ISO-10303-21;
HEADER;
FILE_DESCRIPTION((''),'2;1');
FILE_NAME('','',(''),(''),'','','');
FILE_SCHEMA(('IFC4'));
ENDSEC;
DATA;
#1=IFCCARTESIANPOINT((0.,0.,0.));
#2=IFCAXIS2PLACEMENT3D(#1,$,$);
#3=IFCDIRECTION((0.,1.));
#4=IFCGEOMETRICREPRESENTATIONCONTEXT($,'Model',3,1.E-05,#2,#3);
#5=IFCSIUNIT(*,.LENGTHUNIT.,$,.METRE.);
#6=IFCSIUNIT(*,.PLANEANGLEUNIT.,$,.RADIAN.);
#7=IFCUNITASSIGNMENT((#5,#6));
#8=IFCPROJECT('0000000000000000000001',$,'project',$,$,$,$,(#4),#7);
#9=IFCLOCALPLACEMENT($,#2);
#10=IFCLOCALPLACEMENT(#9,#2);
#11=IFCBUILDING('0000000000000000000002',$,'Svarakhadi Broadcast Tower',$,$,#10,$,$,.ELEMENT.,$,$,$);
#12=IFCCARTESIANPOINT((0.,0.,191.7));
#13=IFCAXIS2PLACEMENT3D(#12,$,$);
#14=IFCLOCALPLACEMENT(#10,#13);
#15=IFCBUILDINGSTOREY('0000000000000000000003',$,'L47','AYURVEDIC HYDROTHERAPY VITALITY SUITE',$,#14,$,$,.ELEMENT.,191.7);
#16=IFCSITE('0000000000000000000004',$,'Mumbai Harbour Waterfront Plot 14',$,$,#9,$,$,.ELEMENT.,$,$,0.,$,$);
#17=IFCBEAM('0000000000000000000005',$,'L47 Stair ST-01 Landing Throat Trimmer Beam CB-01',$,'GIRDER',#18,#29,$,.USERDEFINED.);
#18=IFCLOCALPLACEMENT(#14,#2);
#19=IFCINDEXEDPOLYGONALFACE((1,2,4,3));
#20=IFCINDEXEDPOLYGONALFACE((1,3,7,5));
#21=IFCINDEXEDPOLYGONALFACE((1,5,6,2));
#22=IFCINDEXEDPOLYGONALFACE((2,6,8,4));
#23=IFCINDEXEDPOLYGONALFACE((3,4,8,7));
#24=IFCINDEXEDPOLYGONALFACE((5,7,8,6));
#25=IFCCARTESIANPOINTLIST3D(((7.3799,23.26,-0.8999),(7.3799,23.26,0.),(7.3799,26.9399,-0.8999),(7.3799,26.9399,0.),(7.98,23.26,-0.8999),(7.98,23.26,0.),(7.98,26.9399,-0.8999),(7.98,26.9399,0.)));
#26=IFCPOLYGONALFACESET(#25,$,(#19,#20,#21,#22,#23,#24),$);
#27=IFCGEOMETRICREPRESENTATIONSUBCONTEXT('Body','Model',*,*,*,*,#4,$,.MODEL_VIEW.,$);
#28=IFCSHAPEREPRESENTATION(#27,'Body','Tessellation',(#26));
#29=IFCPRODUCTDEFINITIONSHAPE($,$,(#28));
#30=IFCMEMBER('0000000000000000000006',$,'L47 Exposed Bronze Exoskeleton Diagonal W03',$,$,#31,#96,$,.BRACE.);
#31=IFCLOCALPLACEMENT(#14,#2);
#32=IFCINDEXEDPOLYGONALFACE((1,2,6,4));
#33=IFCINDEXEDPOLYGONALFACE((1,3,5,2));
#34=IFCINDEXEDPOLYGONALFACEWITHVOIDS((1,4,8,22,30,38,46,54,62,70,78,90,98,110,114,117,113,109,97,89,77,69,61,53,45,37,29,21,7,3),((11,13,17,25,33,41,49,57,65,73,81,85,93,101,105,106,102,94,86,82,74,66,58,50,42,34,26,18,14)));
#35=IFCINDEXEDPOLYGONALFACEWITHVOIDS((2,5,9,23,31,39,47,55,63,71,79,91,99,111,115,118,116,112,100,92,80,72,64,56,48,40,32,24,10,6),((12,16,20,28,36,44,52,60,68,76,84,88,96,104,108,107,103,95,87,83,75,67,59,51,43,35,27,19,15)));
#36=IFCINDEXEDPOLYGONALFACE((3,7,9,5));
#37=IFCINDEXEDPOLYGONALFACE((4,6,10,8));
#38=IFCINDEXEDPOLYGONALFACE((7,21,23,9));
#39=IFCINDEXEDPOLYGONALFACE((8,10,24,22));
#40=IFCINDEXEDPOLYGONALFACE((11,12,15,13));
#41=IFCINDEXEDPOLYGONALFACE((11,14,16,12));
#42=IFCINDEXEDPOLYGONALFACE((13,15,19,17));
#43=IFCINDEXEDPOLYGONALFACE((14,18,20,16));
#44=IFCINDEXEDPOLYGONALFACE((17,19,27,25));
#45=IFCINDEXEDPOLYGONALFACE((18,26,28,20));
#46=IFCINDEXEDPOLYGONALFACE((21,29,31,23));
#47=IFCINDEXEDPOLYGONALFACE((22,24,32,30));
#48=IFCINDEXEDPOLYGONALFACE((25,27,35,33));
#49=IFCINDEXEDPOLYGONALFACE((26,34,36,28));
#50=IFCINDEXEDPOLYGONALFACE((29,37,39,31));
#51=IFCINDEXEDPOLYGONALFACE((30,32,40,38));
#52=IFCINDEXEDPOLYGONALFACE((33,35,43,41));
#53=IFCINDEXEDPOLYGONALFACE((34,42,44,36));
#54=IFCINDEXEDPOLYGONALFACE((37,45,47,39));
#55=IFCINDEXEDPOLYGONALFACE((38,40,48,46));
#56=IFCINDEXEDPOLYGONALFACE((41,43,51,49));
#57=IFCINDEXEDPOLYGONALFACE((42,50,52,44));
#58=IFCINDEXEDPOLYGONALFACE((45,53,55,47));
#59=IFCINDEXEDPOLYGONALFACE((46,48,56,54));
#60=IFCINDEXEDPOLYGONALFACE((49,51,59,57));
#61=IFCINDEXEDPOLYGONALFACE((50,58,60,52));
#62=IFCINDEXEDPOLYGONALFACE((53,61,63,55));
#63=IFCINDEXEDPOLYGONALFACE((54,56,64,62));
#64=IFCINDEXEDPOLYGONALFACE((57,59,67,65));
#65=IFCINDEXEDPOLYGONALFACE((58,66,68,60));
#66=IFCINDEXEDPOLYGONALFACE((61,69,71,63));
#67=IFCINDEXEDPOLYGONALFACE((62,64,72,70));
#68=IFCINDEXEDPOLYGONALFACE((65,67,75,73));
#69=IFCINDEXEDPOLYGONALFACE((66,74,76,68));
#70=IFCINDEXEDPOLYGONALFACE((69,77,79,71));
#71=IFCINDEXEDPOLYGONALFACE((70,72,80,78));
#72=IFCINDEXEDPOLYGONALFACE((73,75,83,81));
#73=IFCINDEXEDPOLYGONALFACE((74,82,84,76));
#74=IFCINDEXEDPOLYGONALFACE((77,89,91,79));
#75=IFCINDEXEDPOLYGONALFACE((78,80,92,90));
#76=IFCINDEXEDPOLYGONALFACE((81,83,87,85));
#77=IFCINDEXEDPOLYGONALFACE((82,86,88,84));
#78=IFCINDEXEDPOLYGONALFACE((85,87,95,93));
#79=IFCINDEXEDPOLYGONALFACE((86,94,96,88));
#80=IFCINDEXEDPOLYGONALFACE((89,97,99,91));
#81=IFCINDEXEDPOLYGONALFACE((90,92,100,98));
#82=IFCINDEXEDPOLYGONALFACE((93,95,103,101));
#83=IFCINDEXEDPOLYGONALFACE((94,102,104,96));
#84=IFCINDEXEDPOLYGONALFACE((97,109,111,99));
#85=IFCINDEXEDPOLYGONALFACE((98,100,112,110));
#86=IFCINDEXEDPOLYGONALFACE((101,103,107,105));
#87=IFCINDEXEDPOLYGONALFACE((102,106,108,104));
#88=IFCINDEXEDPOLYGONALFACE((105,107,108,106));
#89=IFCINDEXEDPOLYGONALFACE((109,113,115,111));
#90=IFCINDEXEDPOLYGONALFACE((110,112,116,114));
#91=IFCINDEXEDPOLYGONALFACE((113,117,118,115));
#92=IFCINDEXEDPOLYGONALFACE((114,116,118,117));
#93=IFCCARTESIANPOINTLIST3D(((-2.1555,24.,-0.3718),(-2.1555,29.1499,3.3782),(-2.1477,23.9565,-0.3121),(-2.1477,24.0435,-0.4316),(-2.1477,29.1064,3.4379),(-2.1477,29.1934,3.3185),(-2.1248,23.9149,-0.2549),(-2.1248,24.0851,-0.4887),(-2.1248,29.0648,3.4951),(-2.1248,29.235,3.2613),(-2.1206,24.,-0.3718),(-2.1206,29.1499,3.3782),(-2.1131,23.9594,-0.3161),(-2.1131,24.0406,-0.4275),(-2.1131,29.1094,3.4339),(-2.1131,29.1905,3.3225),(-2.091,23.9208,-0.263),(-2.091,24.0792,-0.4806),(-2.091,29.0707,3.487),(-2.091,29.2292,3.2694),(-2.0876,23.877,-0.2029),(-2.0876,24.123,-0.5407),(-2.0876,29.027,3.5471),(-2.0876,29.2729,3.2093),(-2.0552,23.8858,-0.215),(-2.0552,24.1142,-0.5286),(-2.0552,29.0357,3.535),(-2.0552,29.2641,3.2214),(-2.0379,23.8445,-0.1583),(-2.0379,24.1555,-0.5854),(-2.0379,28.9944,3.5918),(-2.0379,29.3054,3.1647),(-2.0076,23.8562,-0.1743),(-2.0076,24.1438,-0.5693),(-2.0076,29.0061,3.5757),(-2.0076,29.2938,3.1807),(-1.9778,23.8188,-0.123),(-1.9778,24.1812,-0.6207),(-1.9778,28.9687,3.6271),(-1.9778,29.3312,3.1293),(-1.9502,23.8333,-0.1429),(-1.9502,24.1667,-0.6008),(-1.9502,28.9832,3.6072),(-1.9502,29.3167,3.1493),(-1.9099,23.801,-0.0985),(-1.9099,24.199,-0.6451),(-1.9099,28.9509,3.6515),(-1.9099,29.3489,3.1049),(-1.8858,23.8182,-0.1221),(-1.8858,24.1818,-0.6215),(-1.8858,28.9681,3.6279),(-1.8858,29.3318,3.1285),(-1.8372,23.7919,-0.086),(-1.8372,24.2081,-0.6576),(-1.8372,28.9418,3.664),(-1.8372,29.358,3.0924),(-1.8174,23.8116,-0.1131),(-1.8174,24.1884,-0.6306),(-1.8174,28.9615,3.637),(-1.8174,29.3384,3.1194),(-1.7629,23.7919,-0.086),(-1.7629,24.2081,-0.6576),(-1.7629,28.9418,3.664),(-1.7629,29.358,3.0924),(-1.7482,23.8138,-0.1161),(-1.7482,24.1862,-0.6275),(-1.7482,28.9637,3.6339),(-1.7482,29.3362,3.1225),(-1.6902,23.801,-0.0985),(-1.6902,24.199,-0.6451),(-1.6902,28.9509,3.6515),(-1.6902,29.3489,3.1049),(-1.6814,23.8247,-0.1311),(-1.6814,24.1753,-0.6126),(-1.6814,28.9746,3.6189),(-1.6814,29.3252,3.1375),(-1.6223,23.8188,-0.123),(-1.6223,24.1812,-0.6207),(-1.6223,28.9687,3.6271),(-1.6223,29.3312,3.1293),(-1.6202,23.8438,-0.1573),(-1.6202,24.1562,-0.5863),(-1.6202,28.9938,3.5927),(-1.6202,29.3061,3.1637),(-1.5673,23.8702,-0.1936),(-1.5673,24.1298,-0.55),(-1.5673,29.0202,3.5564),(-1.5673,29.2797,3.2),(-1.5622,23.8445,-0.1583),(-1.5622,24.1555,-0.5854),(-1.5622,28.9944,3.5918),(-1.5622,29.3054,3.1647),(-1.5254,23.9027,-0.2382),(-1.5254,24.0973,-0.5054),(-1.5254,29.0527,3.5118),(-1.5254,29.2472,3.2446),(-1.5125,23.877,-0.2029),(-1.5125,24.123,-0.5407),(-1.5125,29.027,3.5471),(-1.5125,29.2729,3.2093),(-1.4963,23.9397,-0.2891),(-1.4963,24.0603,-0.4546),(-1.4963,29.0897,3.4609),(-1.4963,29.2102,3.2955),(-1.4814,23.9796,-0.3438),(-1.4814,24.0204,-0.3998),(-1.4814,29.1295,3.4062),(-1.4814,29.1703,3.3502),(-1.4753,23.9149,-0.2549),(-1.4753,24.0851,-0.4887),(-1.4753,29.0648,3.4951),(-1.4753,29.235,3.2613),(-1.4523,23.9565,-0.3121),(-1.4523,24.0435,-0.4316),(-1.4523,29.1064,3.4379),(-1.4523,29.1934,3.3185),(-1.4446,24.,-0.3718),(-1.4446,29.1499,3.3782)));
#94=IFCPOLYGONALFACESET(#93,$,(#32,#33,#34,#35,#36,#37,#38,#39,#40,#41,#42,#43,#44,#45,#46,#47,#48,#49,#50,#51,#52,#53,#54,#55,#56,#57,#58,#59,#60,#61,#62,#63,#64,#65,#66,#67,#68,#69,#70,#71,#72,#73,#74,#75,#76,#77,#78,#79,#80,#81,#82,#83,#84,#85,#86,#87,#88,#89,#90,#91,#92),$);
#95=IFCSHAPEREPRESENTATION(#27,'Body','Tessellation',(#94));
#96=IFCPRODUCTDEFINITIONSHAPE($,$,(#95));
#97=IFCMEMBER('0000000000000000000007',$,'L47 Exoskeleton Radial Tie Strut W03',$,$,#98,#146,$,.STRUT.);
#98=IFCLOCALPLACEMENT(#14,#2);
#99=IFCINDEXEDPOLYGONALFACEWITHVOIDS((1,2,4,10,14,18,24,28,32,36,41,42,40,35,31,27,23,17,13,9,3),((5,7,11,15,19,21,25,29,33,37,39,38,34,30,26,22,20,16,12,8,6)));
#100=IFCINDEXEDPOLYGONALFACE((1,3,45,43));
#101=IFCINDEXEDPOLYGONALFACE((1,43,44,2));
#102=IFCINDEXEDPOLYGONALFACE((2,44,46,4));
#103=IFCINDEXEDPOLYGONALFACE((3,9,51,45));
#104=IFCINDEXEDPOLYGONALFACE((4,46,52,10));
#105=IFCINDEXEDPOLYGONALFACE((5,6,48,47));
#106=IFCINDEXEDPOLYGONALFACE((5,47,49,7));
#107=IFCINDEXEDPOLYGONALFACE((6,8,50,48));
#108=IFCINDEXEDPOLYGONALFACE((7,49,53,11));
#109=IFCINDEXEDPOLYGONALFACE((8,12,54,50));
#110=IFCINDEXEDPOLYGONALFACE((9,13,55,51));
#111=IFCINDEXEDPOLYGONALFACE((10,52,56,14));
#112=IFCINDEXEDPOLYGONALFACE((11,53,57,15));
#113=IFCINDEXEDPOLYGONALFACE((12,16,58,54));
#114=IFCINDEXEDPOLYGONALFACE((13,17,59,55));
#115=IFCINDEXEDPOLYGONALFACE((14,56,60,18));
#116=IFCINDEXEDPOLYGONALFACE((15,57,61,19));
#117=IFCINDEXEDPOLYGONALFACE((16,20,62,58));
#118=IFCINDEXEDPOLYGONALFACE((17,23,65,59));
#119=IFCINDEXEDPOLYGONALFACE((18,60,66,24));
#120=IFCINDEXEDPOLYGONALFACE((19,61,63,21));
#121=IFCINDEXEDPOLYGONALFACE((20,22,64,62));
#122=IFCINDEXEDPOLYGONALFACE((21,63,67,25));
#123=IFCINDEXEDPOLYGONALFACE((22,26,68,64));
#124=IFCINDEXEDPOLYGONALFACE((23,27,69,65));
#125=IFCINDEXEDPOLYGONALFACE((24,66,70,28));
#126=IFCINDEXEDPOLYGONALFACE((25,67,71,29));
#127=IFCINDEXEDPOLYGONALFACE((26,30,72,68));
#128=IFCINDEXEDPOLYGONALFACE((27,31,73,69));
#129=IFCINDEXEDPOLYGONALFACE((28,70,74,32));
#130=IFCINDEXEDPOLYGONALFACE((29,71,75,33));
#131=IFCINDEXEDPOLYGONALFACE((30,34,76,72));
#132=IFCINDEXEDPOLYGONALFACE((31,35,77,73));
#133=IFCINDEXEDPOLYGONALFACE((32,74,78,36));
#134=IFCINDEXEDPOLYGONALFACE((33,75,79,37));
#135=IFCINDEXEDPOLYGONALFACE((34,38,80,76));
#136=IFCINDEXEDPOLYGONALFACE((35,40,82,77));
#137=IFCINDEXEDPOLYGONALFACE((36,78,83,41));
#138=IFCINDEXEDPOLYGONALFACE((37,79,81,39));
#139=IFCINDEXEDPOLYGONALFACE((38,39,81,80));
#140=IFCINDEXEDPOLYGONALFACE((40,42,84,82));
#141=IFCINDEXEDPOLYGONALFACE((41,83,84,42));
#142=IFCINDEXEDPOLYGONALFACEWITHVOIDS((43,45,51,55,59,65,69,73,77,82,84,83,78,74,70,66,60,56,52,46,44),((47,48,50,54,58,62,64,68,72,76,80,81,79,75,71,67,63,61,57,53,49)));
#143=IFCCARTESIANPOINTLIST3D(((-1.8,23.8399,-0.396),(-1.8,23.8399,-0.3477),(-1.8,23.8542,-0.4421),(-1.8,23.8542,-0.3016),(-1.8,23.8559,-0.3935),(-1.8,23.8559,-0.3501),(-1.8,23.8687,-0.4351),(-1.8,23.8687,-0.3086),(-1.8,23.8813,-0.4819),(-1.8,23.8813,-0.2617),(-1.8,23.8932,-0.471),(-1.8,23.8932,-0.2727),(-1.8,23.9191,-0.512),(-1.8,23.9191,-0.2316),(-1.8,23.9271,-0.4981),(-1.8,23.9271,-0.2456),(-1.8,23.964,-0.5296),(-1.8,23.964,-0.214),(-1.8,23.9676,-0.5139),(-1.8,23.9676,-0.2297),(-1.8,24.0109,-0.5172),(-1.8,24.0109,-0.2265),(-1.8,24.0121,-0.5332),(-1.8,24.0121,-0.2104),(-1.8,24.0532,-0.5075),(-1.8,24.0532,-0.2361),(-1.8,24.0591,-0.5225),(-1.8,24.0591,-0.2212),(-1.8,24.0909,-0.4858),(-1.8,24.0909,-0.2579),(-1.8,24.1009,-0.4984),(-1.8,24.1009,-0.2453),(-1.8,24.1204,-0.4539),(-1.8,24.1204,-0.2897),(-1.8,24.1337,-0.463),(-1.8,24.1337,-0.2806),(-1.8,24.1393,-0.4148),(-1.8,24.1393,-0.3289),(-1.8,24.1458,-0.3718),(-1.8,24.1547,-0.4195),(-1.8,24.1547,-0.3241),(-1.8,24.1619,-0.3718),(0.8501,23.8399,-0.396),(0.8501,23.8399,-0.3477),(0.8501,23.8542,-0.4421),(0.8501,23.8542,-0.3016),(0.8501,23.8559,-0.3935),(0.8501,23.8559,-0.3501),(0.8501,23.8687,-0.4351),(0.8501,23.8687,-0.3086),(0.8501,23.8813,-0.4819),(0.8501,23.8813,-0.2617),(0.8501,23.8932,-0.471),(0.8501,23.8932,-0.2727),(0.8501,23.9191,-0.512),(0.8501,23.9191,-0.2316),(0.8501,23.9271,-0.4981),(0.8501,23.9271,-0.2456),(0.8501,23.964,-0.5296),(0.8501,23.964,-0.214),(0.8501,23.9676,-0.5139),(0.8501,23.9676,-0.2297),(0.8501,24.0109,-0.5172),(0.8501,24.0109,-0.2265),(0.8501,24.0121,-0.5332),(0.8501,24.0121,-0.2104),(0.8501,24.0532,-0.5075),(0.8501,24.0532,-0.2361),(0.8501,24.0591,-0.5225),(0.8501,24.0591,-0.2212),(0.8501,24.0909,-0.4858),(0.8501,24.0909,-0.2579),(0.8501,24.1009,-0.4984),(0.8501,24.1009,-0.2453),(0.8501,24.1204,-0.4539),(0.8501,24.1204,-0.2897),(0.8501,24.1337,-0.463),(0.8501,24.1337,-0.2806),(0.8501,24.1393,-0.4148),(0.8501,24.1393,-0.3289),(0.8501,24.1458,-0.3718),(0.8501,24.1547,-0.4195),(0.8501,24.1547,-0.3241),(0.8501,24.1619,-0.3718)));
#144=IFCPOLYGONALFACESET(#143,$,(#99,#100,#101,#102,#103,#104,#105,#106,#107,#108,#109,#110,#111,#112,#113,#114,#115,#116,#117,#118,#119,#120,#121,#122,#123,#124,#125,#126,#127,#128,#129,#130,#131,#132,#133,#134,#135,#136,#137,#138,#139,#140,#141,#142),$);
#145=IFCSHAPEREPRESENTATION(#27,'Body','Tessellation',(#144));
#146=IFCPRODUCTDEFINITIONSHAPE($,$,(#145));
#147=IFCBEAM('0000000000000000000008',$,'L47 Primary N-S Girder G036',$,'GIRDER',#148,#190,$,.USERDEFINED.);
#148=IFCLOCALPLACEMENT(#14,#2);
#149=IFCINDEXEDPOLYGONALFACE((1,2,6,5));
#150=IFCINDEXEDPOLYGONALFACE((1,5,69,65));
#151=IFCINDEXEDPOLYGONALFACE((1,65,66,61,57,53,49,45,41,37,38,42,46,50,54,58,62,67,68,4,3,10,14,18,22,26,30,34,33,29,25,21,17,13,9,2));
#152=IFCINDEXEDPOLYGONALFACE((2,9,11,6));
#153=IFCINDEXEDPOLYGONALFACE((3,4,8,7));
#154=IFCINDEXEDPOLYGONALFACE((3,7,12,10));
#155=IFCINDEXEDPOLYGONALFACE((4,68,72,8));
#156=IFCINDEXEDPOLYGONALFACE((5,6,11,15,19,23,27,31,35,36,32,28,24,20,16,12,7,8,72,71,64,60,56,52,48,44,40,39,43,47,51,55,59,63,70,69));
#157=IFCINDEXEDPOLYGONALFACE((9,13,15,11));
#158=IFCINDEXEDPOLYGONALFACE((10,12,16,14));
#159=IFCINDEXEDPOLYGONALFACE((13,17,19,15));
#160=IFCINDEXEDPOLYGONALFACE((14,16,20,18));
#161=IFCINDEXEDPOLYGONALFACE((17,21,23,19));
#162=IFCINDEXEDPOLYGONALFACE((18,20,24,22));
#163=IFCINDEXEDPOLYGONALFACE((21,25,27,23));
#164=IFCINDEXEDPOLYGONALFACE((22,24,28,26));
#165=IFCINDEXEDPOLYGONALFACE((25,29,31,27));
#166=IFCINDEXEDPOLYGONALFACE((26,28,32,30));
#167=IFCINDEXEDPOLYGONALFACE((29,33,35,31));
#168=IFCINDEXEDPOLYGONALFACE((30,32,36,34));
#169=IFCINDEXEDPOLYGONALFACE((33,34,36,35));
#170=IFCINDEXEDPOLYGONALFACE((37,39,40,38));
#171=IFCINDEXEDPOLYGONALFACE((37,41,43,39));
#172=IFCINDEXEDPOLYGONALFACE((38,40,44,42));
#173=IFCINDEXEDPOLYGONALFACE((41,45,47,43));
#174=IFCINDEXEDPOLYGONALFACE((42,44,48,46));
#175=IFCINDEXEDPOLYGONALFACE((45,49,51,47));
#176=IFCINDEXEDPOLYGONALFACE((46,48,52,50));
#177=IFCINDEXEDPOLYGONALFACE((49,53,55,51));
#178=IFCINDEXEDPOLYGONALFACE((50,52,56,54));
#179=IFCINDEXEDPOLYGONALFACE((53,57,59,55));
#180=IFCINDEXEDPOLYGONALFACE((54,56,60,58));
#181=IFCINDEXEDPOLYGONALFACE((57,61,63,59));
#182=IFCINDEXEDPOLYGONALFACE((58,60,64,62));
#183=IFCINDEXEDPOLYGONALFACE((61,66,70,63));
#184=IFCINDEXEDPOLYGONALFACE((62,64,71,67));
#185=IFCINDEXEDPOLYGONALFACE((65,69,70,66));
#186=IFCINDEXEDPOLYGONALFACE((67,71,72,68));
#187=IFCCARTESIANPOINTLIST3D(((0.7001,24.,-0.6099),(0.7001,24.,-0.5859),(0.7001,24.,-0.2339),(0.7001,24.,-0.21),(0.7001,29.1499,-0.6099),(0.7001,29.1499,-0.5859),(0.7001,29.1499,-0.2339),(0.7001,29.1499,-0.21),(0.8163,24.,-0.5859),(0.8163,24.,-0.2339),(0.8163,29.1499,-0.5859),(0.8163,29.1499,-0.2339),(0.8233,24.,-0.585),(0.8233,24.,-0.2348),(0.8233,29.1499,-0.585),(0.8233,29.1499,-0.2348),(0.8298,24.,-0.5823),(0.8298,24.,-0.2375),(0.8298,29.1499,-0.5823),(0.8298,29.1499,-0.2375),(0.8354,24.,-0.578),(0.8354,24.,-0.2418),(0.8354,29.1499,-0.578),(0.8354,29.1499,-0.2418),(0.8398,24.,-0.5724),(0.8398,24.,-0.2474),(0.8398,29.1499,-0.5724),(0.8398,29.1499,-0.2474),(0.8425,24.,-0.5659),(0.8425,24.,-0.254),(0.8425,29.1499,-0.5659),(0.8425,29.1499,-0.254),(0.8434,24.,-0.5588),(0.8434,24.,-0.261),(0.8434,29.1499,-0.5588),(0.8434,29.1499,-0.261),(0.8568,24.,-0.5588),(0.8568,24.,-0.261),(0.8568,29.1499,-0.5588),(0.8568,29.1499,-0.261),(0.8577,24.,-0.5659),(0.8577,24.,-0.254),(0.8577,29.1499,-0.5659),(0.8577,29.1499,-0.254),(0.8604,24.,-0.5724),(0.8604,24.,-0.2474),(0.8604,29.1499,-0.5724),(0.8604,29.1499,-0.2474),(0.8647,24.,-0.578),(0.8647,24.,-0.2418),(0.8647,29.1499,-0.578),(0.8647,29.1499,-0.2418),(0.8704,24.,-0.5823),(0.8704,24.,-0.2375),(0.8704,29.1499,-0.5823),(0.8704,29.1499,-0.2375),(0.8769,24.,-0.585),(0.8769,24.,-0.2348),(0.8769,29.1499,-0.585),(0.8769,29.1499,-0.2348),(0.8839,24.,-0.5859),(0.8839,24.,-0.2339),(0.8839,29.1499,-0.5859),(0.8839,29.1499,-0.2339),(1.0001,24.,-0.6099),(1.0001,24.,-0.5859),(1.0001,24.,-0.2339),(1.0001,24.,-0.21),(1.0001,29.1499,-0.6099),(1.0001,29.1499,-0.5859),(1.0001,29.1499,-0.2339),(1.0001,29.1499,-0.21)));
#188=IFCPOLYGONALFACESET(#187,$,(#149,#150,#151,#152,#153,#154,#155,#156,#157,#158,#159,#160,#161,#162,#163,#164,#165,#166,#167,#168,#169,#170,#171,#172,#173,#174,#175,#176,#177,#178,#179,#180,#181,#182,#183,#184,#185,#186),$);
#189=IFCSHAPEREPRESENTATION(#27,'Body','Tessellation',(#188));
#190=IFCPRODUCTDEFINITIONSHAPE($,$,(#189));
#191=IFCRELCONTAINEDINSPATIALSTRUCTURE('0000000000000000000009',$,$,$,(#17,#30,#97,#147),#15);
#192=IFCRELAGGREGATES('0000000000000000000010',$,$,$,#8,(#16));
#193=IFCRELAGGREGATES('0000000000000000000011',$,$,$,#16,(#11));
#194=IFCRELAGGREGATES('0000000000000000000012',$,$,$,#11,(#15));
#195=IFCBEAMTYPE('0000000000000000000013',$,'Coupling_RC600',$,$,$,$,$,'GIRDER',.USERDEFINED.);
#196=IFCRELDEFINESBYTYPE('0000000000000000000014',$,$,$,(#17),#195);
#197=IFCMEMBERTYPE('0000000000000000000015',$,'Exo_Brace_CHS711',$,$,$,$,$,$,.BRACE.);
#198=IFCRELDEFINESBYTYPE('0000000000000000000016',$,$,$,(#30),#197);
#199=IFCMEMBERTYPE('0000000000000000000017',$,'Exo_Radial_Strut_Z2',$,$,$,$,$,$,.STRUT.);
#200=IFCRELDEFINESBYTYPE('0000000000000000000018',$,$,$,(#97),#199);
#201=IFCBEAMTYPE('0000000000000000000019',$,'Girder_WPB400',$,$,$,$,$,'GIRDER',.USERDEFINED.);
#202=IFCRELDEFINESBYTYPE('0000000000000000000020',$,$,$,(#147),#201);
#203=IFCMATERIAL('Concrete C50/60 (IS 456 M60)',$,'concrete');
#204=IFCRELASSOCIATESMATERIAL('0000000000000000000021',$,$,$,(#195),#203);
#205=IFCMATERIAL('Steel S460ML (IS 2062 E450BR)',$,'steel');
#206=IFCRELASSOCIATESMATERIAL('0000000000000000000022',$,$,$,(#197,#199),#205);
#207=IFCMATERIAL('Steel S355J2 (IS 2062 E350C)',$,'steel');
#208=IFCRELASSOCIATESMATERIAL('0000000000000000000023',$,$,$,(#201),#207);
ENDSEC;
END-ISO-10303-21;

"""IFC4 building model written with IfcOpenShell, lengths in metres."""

from ifc_helpers import new_model, si_unit, direction, frame, origin, origin_2d, place, context, subcontext, project, spatial, rectangle, hollow_circle, i_section, extrude, material, material_profile, profile_set, type_object, element, save


model = new_model("IFC4")

# Units and contexts
model_context = context("Model", 3, precision=1e-05, world=origin(), true_north=direction((0.0, 1.0)))
body_context = subcontext(model_context, "Body", "Model", "MODEL_VIEW")
ifc_project = project(units=[si_unit("LENGTHUNIT", "METRE"), si_unit("PLANEANGLEUNIT", "RADIAN")], contexts=[model_context])

# Site, building, storey
site_placement = place(None, origin())
site = spatial("IfcSite", under=ifc_project, at=site_placement, Name="Mumbai Harbour Waterfront Plot 14", CompositionType="ELEMENT", RefElevation=0.0)
building_placement = place(site_placement, origin())
building = spatial("IfcBuilding", under=site, at=building_placement, Name="Svarakhadi Broadcast Tower", CompositionType="ELEMENT")
storey_placement = place(building_placement, frame((0.0, 0.0, 191.7)))
storey = spatial("IfcBuildingStorey", under=building, at=storey_placement, Name="L47", Description="AYURVEDIC HYDROTHERAPY VITALITY SUITE", CompositionType="ELEMENT", Elevation=191.7)

# Shared definitions
ifc_material_1 = material(Name="Concrete C50/60 (IS 456 M60)", Category="concrete")

# Shared definitions
ifc_material_2 = material(Name="Steel S355J2 (IS 2062 E350C)", Category="steel")

# Beam
ifc_material_profile_1 = material_profile(ifc_material_1, rectangle(XDim=0.6001, YDim=0.8999, at=origin_2d()), Name="RC 600x900")
ifc_profile_set_1 = profile_set([ifc_material_profile_1], Name="Concrete C50/60 (IS 456 M60)")
beam_type_1 = type_object("IfcBeamType", Name="Coupling_RC600", ElementType="GIRDER", PredefinedType="USERDEFINED", material=ifc_profile_set_1)
beam_1_placement = place(storey_placement, frame((7.6799, 23.26, -0.45), z_axis=(0.0, 1.0, 0.0), x_axis=(-1.0, 0.0, 0.0)))
element("IfcBeam", 1, at=beam_1_placement, inside=storey, type_object=beam_type_1, Name="L47 Stair ST-01 Landing Throat Trimmer Beam CB-01", ObjectType="GIRDER", PredefinedType="USERDEFINED", context=body_context, shape_type="SweptSolid", body=[
    extrude(rectangle(XDim=0.6001, YDim=0.8999, at=origin_2d()), origin(), (0.0, 0.0, 1.0), 3.6799),
])

# Members
ifc_material_3 = material(Name="Steel S460ML (IS 2062 E450BR)", Category="steel")
ifc_material_profile_2 = material_profile(ifc_material_3, hollow_circle(Radius=0.3555, WallThickness=0.0349, at=origin_2d()), Name="CHS 711x35")
ifc_profile_set_2 = profile_set([ifc_material_profile_2], Name="Steel S460ML (IS 2062 E450BR)")
member_type_1 = type_object("IfcMemberType", Name="Exo_Brace_CHS711", PredefinedType="BRACE", material=ifc_profile_set_2)
member_1_placement = place(storey_placement, frame((-1.8, 24.0, -0.3718), z_axis=(0.0, 0.808391, 0.588646), x_axis=(-1.0, 0.0, 0.0)))
element("IfcMember", 2, at=member_1_placement, inside=storey, type_object=member_type_1, Name="L47 Exposed Bronze Exoskeleton Diagonal W03", PredefinedType="BRACE", context=body_context, shape_type="SweptSolid", body=[
    extrude(hollow_circle(Radius=0.3555, WallThickness=0.0349, at=origin_2d()), origin(), (0.0, 0.0, 1.0), 6.3706),
])
ifc_material_profile_3 = material_profile(ifc_material_3, hollow_circle(Radius=0.1619, WallThickness=0.0161, at=origin_2d()), Name="CHS 323.9x16")
ifc_profile_set_3 = profile_set([ifc_material_profile_3], Name="Steel S460ML (IS 2062 E450BR)")
member_type_2 = type_object("IfcMemberType", Name="Exo_Radial_Strut_Z2", PredefinedType="STRUT", material=ifc_profile_set_3)
member_2_placement = place(storey_placement, frame((-1.8, 24.0, -0.3718), z_axis=(1.0, 0.0, 0.0), x_axis=(0.0, 1.0, 0.0)))
element("IfcMember", 3, at=member_2_placement, inside=storey, type_object=member_type_2, Name="L47 Exoskeleton Radial Tie Strut W03", PredefinedType="STRUT", context=body_context, shape_type="SweptSolid", body=[
    extrude(hollow_circle(Radius=0.1619, WallThickness=0.0161, at=origin_2d()), origin(), (0.0, 0.0, 1.0), 2.6501),
])

# Beam
ifc_material_profile_4 = material_profile(ifc_material_2, i_section(OverallWidth=0.3, OverallDepth=0.3999, WebThickness=0.0134, FlangeThickness=0.0239, FilletRadius=0.0271, at=origin_2d()), Name="WPB 400x300x155")
ifc_profile_set_4 = profile_set([ifc_material_profile_4], Name="Steel S355J2 (IS 2062 E350C)")
beam_type_2 = type_object("IfcBeamType", Name="Girder_WPB400", ElementType="GIRDER", PredefinedType="USERDEFINED", material=ifc_profile_set_4)
beam_2_placement = place(storey_placement, frame((0.8501, 24.0, -0.4099), z_axis=(0.0, 1.0, 0.0), x_axis=(-1.0, 0.0, 0.0)))
element("IfcBeam", 4, at=beam_2_placement, inside=storey, type_object=beam_type_2, Name="L47 Primary N-S Girder G036", ObjectType="GIRDER", PredefinedType="USERDEFINED", context=body_context, shape_type="SweptSolid", body=[
    extrude(i_section(OverallWidth=0.3, OverallDepth=0.3999, WebThickness=0.0134, FlangeThickness=0.0239, FilletRadius=0.0271, at=origin_2d()), origin(), (0.0, 0.0, 1.0), 5.1499),
])

save(model, "model.ifc")
